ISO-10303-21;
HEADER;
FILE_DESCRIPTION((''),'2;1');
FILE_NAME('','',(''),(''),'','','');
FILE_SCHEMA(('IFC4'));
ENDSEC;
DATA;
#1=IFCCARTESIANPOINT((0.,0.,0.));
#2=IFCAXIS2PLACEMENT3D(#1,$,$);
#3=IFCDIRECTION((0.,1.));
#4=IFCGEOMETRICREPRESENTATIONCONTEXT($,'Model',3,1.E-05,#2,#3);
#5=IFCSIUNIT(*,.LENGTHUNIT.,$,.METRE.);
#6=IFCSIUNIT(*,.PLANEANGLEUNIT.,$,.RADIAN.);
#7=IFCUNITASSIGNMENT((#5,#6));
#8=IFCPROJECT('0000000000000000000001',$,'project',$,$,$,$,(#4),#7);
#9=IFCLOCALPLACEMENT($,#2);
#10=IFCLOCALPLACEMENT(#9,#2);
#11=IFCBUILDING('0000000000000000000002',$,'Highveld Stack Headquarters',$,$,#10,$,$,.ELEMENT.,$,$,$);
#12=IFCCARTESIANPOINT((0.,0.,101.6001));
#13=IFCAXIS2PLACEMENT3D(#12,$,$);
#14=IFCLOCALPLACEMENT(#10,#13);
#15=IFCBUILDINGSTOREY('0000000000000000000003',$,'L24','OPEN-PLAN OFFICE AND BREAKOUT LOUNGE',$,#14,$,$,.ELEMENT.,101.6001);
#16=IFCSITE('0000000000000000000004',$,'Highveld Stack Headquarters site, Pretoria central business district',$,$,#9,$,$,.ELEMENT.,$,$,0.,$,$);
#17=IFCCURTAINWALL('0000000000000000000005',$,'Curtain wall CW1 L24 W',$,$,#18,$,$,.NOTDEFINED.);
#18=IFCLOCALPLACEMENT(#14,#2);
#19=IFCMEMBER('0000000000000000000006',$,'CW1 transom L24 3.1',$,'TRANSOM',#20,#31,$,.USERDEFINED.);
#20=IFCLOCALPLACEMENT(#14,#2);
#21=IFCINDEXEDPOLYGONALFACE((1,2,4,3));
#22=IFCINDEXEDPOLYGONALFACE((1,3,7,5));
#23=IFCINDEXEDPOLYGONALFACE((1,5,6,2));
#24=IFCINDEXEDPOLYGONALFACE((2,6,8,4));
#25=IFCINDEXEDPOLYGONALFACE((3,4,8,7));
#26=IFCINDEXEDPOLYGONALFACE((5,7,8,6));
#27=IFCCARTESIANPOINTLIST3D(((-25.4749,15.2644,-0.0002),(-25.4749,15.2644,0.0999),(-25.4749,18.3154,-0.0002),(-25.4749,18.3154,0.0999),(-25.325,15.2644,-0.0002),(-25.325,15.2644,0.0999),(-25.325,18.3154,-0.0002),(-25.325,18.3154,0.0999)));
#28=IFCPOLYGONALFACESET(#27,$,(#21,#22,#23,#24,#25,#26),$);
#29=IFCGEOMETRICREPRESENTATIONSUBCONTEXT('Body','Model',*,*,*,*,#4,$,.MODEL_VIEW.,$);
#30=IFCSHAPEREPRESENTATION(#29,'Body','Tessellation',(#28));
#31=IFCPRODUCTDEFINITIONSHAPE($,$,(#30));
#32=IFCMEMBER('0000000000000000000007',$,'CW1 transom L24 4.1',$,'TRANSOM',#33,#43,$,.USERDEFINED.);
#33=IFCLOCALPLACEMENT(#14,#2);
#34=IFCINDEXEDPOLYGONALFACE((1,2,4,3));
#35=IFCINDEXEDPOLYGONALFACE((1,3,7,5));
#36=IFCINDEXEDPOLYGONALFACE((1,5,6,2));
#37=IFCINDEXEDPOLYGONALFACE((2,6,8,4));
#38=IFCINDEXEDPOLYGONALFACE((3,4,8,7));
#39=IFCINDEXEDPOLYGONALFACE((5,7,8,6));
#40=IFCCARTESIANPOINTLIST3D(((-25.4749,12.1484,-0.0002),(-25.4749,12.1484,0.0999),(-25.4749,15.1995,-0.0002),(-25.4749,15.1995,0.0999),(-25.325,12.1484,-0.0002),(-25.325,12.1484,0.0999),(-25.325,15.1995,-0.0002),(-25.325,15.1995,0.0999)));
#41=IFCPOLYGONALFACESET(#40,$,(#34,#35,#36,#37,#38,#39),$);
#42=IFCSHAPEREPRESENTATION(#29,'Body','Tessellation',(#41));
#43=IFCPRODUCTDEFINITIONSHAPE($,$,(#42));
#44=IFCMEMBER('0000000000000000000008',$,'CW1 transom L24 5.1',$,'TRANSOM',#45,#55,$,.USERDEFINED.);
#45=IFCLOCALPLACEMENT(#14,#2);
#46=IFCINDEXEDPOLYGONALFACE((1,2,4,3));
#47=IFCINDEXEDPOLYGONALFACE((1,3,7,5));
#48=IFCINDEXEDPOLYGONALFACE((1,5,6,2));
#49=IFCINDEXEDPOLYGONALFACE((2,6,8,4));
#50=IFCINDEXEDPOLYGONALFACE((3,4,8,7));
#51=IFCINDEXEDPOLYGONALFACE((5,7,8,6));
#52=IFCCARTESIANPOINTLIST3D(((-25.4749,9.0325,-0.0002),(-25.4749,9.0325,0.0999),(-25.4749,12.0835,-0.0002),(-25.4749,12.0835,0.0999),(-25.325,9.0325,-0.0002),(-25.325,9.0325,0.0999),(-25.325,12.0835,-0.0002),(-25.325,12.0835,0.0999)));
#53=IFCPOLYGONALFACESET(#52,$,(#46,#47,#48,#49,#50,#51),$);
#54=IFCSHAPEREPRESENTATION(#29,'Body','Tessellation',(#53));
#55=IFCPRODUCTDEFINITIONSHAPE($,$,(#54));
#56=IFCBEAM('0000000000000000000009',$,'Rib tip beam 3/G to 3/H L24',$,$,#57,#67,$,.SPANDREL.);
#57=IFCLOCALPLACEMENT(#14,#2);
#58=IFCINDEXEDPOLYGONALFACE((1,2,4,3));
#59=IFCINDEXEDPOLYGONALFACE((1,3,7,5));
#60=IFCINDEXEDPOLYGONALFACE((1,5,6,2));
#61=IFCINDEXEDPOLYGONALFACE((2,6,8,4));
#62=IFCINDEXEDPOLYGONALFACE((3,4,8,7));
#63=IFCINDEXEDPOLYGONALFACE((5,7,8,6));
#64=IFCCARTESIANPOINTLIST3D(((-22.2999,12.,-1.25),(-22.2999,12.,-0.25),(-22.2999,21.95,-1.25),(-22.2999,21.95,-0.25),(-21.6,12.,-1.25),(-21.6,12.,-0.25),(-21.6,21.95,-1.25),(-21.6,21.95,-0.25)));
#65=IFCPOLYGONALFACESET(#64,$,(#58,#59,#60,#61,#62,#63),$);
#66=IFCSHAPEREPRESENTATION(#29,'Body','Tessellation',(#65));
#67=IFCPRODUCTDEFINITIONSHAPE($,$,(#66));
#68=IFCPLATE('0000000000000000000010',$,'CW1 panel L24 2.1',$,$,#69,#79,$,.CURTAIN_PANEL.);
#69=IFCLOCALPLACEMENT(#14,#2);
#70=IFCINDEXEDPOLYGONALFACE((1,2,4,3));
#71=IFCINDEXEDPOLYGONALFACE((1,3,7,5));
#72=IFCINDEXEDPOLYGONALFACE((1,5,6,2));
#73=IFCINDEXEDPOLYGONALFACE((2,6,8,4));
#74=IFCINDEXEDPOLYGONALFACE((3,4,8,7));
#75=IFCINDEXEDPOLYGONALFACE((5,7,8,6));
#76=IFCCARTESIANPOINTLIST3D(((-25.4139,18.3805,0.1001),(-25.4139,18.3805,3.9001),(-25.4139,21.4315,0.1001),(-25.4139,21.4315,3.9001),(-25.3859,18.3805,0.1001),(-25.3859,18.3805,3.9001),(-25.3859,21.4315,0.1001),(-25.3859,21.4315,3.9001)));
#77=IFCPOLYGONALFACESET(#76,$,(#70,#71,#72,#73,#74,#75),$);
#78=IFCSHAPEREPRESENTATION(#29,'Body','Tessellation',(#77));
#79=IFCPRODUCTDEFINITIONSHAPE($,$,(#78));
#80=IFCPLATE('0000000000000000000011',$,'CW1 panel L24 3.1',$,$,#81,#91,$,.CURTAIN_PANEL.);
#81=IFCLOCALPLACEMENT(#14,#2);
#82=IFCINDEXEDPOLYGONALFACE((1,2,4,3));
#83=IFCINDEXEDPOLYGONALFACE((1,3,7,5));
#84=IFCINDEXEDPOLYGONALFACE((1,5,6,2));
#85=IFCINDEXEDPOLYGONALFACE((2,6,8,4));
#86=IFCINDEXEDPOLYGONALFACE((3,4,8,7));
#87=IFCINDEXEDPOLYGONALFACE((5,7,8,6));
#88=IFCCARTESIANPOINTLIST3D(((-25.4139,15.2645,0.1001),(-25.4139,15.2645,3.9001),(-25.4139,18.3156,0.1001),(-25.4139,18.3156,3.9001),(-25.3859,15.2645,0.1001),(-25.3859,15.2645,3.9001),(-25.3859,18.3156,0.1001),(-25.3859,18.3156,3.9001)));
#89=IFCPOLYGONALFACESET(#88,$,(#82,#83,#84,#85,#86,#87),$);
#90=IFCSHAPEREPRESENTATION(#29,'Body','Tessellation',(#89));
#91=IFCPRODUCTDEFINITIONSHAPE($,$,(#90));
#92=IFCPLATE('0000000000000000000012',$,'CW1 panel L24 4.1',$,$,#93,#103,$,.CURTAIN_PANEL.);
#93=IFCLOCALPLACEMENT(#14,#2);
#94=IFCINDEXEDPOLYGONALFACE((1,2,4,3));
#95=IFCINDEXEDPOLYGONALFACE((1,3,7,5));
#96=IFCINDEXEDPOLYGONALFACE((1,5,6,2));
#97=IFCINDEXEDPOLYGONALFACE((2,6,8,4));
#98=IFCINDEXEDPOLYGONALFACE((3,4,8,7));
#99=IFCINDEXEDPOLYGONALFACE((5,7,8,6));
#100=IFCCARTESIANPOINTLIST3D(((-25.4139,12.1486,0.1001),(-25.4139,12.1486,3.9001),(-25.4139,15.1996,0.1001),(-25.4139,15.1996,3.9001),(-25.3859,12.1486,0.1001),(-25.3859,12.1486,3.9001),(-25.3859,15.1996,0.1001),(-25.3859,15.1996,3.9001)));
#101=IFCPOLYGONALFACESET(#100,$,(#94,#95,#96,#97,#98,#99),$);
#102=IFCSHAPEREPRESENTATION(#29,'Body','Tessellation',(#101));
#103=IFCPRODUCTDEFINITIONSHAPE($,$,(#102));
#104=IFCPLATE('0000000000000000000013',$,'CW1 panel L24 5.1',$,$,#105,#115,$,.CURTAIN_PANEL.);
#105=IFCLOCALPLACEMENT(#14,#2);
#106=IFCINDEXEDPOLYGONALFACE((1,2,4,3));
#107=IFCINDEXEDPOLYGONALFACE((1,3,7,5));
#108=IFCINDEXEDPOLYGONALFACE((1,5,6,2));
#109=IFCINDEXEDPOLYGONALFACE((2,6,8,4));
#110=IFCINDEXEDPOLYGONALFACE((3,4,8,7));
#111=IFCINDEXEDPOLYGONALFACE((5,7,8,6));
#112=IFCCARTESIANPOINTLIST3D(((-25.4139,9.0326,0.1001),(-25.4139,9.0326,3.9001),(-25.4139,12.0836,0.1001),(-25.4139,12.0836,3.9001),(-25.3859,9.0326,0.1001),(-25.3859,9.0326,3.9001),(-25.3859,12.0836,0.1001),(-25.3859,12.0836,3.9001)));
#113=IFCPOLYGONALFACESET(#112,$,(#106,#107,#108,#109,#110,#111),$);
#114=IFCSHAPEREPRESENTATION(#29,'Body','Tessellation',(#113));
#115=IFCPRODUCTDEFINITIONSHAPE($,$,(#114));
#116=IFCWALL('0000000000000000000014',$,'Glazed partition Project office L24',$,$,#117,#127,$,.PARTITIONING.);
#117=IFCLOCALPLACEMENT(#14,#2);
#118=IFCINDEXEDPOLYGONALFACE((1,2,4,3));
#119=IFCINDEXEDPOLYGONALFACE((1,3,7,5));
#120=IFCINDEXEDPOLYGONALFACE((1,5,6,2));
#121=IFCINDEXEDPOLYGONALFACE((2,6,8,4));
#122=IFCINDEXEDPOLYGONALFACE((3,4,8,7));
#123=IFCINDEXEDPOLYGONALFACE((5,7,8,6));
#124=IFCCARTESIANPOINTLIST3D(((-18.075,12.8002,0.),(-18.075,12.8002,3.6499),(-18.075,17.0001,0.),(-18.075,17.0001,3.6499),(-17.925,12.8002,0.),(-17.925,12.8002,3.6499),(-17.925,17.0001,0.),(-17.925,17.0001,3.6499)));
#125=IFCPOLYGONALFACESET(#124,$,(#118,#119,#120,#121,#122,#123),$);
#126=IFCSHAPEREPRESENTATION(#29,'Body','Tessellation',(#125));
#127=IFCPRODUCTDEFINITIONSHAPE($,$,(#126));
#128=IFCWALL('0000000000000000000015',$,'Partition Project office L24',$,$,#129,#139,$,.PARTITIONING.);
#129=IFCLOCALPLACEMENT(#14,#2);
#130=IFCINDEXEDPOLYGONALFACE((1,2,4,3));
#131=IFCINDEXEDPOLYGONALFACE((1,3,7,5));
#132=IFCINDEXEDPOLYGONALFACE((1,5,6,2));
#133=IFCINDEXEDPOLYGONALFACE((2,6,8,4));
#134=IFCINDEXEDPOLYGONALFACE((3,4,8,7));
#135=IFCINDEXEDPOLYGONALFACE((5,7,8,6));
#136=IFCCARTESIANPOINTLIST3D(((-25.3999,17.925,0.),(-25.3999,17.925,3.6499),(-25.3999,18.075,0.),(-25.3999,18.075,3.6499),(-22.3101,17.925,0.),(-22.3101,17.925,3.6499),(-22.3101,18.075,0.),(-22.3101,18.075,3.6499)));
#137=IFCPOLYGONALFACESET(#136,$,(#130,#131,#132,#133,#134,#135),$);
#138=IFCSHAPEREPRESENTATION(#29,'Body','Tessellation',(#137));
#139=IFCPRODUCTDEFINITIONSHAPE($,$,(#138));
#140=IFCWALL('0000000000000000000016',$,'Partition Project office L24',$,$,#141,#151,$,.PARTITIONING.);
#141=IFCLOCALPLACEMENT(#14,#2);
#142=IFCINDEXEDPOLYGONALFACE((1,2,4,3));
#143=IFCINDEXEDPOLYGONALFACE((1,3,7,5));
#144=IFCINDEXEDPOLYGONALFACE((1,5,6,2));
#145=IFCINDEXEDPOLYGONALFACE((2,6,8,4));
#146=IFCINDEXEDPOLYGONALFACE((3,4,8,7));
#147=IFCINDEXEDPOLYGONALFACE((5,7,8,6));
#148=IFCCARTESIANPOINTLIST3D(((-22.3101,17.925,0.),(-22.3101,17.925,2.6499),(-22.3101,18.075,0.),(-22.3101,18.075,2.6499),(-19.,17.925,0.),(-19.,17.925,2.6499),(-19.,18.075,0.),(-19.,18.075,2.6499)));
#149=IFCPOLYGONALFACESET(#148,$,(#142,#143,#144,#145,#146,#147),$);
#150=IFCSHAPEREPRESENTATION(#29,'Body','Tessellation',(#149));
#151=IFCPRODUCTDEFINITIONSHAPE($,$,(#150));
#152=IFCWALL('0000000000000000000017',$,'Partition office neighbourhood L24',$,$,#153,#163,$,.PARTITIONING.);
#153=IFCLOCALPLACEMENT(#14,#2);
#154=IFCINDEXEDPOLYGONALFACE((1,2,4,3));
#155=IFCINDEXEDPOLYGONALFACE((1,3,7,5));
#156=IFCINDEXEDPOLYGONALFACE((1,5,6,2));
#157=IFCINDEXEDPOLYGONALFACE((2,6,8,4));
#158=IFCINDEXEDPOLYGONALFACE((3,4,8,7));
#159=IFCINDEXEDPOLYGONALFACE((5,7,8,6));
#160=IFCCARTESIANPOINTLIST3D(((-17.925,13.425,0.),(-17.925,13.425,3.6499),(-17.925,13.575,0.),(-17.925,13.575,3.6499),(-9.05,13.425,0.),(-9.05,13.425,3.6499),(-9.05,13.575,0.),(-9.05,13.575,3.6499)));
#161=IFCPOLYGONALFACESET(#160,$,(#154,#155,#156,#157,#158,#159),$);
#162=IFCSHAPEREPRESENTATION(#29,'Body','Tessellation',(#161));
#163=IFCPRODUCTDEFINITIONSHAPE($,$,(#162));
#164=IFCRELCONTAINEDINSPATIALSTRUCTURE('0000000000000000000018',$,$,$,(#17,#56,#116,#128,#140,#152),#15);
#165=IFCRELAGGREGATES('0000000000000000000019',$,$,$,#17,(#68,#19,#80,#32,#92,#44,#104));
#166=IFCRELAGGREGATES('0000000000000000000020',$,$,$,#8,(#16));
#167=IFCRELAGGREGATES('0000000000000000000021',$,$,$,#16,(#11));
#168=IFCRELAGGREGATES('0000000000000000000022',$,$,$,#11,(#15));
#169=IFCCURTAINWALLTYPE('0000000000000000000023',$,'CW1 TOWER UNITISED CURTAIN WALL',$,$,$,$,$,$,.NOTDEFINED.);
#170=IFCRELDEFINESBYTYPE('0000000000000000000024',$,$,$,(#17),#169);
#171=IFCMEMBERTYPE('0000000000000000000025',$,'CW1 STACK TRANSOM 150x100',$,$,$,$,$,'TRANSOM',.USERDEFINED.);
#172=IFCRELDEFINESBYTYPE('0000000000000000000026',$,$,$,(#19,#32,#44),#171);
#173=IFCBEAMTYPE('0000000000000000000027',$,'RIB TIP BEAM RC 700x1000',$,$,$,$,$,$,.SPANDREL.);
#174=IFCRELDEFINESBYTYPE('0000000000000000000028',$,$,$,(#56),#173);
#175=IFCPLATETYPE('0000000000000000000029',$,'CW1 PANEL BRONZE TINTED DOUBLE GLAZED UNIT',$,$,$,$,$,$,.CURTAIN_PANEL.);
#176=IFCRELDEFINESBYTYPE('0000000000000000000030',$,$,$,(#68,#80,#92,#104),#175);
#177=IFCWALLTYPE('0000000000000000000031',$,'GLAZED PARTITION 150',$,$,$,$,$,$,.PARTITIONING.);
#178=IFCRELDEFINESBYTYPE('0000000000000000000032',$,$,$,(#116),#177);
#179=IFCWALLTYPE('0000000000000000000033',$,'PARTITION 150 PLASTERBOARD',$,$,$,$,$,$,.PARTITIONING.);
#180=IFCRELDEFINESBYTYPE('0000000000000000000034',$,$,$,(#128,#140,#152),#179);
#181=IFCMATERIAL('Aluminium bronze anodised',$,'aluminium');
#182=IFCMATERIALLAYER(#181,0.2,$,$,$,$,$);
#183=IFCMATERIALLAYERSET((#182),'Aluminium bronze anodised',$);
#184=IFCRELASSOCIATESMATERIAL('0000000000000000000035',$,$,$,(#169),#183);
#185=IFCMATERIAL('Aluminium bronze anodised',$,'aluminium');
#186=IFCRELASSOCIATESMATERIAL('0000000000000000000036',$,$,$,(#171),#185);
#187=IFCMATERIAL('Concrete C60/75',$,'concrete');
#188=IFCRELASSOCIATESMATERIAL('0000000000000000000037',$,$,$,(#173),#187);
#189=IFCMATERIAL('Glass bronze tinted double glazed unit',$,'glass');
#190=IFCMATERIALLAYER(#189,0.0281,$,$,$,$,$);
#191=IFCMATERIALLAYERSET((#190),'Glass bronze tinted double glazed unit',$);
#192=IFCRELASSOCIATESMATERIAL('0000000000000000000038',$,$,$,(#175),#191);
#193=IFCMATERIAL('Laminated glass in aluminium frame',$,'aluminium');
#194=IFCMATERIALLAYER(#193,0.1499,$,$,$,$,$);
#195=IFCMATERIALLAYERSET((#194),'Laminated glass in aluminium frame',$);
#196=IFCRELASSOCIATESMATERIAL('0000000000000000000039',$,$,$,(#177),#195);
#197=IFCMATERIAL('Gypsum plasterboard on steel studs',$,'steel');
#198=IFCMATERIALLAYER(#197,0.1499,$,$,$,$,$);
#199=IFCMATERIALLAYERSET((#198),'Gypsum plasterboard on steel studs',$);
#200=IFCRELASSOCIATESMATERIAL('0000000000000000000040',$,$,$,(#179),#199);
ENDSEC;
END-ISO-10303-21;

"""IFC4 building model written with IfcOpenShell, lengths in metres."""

from ifc_helpers import new_model, si_unit, direction, frame, frame_2d, origin, origin_2d, place, context, subcontext, project, spatial, rectangle, extrude, material, layer, layer_set, material_profile, profile_set, type_object, element, aggregate, save


model = new_model("IFC4")

# Units and contexts
model_context = context("Model", 3, precision=1e-05, world=origin(), true_north=direction((0.0, 1.0)))
body_context = subcontext(model_context, "Body", "Model", "MODEL_VIEW")
ifc_project = project(units=[si_unit("LENGTHUNIT", "METRE"), si_unit("PLANEANGLEUNIT", "RADIAN")], contexts=[model_context])

# Site, building, storey
site_placement = place(None, origin())
site = spatial("IfcSite", under=ifc_project, at=site_placement, Name="Highveld Stack Headquarters site, Pretoria central business district", CompositionType="ELEMENT", RefElevation=0.0)
building_placement = place(site_placement, origin())
building = spatial("IfcBuilding", under=site, at=building_placement, Name="Highveld Stack Headquarters", CompositionType="ELEMENT")
storey_placement = place(building_placement, frame((0.0, 0.0, 101.6001)))
storey = spatial("IfcBuildingStorey", under=building, at=storey_placement, Name="L24", Description="OPEN-PLAN OFFICE AND BREAKOUT LOUNGE", CompositionType="ELEMENT", Elevation=101.6001)

# Curtain wall, members
ifc_material_1 = material(Name="Aluminium bronze anodised", Category="aluminium")
ifc_layer_1 = layer(ifc_material_1, 0.2)
ifc_layer_set_1 = layer_set([ifc_layer_1], Name="Aluminium bronze anodised")
curtain_wall_type = type_object("IfcCurtainWallType", Name="CW1 TOWER UNITISED CURTAIN WALL", PredefinedType="NOTDEFINED", material=ifc_layer_set_1)
curtain_wall_placement = place(storey_placement, origin())
curtain_wall = element("IfcCurtainWall", 1, at=curtain_wall_placement, inside=storey, type_object=curtain_wall_type, Name="Curtain wall CW1 L24 W", PredefinedType="NOTDEFINED")
ifc_material_2 = material(Name="Aluminium bronze anodised", Category="aluminium")
ifc_material_profile_1 = material_profile(ifc_material_2, rectangle(XDim=0.1499, YDim=0.1001, at=origin_2d()), Name="CW1 TRANSOM 150x100")
ifc_profile_set_1 = profile_set([ifc_material_profile_1], Name="Aluminium bronze anodised")
member_type_1 = type_object("IfcMemberType", Name="CW1 STACK TRANSOM 150x100", ElementType="TRANSOM", PredefinedType="USERDEFINED", material=ifc_profile_set_1)
member_1_placement = place(storey_placement, frame((-25.3999, 18.3154, 0.0498), z_axis=(0.0, -1.0, 0.0), x_axis=(1.0, 0.0, 0.0)))
member_1 = element("IfcMember", 2, at=member_1_placement, type_object=member_type_1, Name="CW1 transom L24 3.1", ObjectType="TRANSOM", PredefinedType="USERDEFINED", context=body_context, shape_type="SweptSolid", body=[
    extrude(rectangle(XDim=0.1499, YDim=0.1001, at=origin_2d()), origin(), (0.0, 0.0, 1.0), 3.051),
])
member_2_placement = place(storey_placement, frame((-25.3999, 15.1995, 0.0498), z_axis=(0.0, -1.0, 0.0), x_axis=(1.0, 0.0, 0.0)))
member_2 = element("IfcMember", 3, at=member_2_placement, type_object=member_type_1, Name="CW1 transom L24 4.1", ObjectType="TRANSOM", PredefinedType="USERDEFINED", context=body_context, shape_type="SweptSolid", body=[
    extrude(rectangle(XDim=0.1499, YDim=0.1001, at=origin_2d()), origin(), (0.0, 0.0, 1.0), 3.051),
])
member_3_placement = place(storey_placement, frame((-25.3999, 12.0835, 0.0498), z_axis=(0.0, -1.0, 0.0), x_axis=(1.0, 0.0, 0.0)))
member_3 = element("IfcMember", 4, at=member_3_placement, type_object=member_type_1, Name="CW1 transom L24 5.1", ObjectType="TRANSOM", PredefinedType="USERDEFINED", context=body_context, shape_type="SweptSolid", body=[
    extrude(rectangle(XDim=0.1499, YDim=0.1001, at=origin_2d()), origin(), (0.0, 0.0, 1.0), 3.051),
])

# Beam
ifc_material_3 = material(Name="Concrete C60/75", Category="concrete")
ifc_material_profile_2 = material_profile(ifc_material_3, rectangle(XDim=0.7, YDim=1.0, at=origin_2d()), Name="RC 700x1000")
ifc_profile_set_2 = profile_set([ifc_material_profile_2], Name="Concrete C60/75")
beam_type_1 = type_object("IfcBeamType", Name="RIB TIP BEAM RC 700x1000", PredefinedType="SPANDREL", material=ifc_profile_set_2)
beam_1_placement = place(storey_placement, frame((-21.95, 12.0, -0.75), z_axis=(0.0, 1.0, 0.0), x_axis=(-1.0, 0.0, 0.0)))
element("IfcBeam", 5, at=beam_1_placement, inside=storey, type_object=beam_type_1, Name="Rib tip beam 3/G to 3/H L24", PredefinedType="SPANDREL", context=body_context, shape_type="SweptSolid", body=[
    extrude(rectangle(XDim=0.7, YDim=1.0, at=origin_2d()), origin(), (0.0, 0.0, 1.0), 9.95),
])

# Plates
ifc_material_4 = material(Name="Glass bronze tinted double glazed unit", Category="glass")
ifc_layer_2 = layer(ifc_material_4, 0.0281)
ifc_layer_set_2 = layer_set([ifc_layer_2], Name="Glass bronze tinted double glazed unit")
plate_type = type_object("IfcPlateType", Name="CW1 PANEL BRONZE TINTED DOUBLE GLAZED UNIT", PredefinedType="CURTAIN_PANEL", material=ifc_layer_set_2)
plate_1_placement = place(storey_placement, frame((-25.3999, 19.906, 0.1001), z_axis=(0.0, 0.0, 1.0), x_axis=(0.0, -1.0, 0.0)))
plate_1 = element("IfcPlate", 6, at=plate_1_placement, type_object=plate_type, Name="CW1 panel L24 2.1", PredefinedType="CURTAIN_PANEL", context=body_context, shape_type="SweptSolid", body=[
    extrude(rectangle(XDim=3.051, YDim=0.0281, at=origin_2d()), origin(), (0.0, 0.0, 1.0), 3.8),
])
plate_2_placement = place(storey_placement, frame((-25.3999, 16.79, 0.1001), z_axis=(0.0, 0.0, 1.0), x_axis=(0.0, -1.0, 0.0)))
plate_2 = element("IfcPlate", 7, at=plate_2_placement, type_object=plate_type, Name="CW1 panel L24 3.1", PredefinedType="CURTAIN_PANEL", context=body_context, shape_type="SweptSolid", body=[
    extrude(rectangle(XDim=3.051, YDim=0.0281, at=origin_2d()), origin(), (0.0, 0.0, 1.0), 3.8),
])
plate_3_placement = place(storey_placement, frame((-25.3999, 13.6741, 0.1001), z_axis=(0.0, 0.0, 1.0), x_axis=(0.0, -1.0, 0.0)))
plate_3 = element("IfcPlate", 8, at=plate_3_placement, type_object=plate_type, Name="CW1 panel L24 4.1", PredefinedType="CURTAIN_PANEL", context=body_context, shape_type="SweptSolid", body=[
    extrude(rectangle(XDim=3.051, YDim=0.0281, at=origin_2d()), origin(), (0.0, 0.0, 1.0), 3.8),
])
plate_4_placement = place(storey_placement, frame((-25.3999, 10.5581, 0.1001), z_axis=(0.0, 0.0, 1.0), x_axis=(0.0, -1.0, 0.0)))
plate_4 = element("IfcPlate", 9, at=plate_4_placement, type_object=plate_type, Name="CW1 panel L24 5.1", PredefinedType="CURTAIN_PANEL", context=body_context, shape_type="SweptSolid", body=[
    extrude(rectangle(XDim=3.051, YDim=0.0281, at=origin_2d()), origin(), (0.0, 0.0, 1.0), 3.8),
])
aggregate(curtain_wall, [plate_1, member_1, plate_2, member_2, plate_3, member_3, plate_4])

# Walls
ifc_material_5 = material(Name="Laminated glass in aluminium frame", Category="aluminium")
ifc_layer_3 = layer(ifc_material_5, 0.1499)
ifc_layer_set_3 = layer_set([ifc_layer_3], Name="Laminated glass in aluminium frame")
wall_type_1 = type_object("IfcWallType", Name="GLAZED PARTITION 150", PredefinedType="PARTITIONING", material=ifc_layer_set_3)
wall_1_placement = place(storey_placement, frame((-18.0, 12.8, 0.0), z_axis=(0.0, 0.0, 1.0), x_axis=(0.0, 1.0, 0.0)))
element("IfcWall", 10, at=wall_1_placement, inside=storey, type_object=wall_type_1, Name="Glazed partition Project office L24", PredefinedType="PARTITIONING", context=body_context, shape_type="SweptSolid", body=[
    extrude(rectangle(XDim=4.2, YDim=0.1499, at=frame_2d((2.1001, 0.0))), origin(), (0.0, 0.0, 1.0), 3.6499),
])
ifc_material_6 = material(Name="Gypsum plasterboard on steel studs", Category="steel")
ifc_layer_4 = layer(ifc_material_6, 0.1499)
ifc_layer_set_4 = layer_set([ifc_layer_4], Name="Gypsum plasterboard on steel studs")
wall_type_2 = type_object("IfcWallType", Name="PARTITION 150 PLASTERBOARD", PredefinedType="PARTITIONING", material=ifc_layer_set_4)
wall_2_placement = place(storey_placement, frame((-25.3999, 18.0, 0.0), z_axis=(0.0, 0.0, 1.0), x_axis=(1.0, 0.0, 0.0)))
element("IfcWall", 11, at=wall_2_placement, inside=storey, type_object=wall_type_2, Name="Partition Project office L24", PredefinedType="PARTITIONING", context=body_context, shape_type="SweptSolid", body=[
    extrude(rectangle(XDim=3.0898, YDim=0.1499, at=frame_2d((1.5449, 0.0))), origin(), (0.0, 0.0, 1.0), 3.6499),
])
wall_3_placement = place(storey_placement, frame((-22.3101, 18.0, 0.0), z_axis=(0.0, 0.0, 1.0), x_axis=(1.0, 0.0, 0.0)))
element("IfcWall", 12, at=wall_3_placement, inside=storey, type_object=wall_type_2, Name="Partition Project office L24", PredefinedType="PARTITIONING", context=body_context, shape_type="SweptSolid", body=[
    extrude(rectangle(XDim=3.3101, YDim=0.1499, at=frame_2d((1.655, 0.0))), origin(), (0.0, 0.0, 1.0), 2.6499),
])
wall_4_placement = place(storey_placement, frame((-17.925, 13.5, 0.0), z_axis=(0.0, 0.0, 1.0), x_axis=(1.0, 0.0, 0.0)))
element("IfcWall", 13, at=wall_4_placement, inside=storey, type_object=wall_type_2, Name="Partition office neighbourhood L24", PredefinedType="PARTITIONING", context=body_context, shape_type="SweptSolid", body=[
    extrude(rectangle(XDim=8.875, YDim=0.1499, at=frame_2d((4.4375, 0.0))), origin(), (0.0, 0.0, 1.0), 3.6499),
])

save(model, "model.ifc")
